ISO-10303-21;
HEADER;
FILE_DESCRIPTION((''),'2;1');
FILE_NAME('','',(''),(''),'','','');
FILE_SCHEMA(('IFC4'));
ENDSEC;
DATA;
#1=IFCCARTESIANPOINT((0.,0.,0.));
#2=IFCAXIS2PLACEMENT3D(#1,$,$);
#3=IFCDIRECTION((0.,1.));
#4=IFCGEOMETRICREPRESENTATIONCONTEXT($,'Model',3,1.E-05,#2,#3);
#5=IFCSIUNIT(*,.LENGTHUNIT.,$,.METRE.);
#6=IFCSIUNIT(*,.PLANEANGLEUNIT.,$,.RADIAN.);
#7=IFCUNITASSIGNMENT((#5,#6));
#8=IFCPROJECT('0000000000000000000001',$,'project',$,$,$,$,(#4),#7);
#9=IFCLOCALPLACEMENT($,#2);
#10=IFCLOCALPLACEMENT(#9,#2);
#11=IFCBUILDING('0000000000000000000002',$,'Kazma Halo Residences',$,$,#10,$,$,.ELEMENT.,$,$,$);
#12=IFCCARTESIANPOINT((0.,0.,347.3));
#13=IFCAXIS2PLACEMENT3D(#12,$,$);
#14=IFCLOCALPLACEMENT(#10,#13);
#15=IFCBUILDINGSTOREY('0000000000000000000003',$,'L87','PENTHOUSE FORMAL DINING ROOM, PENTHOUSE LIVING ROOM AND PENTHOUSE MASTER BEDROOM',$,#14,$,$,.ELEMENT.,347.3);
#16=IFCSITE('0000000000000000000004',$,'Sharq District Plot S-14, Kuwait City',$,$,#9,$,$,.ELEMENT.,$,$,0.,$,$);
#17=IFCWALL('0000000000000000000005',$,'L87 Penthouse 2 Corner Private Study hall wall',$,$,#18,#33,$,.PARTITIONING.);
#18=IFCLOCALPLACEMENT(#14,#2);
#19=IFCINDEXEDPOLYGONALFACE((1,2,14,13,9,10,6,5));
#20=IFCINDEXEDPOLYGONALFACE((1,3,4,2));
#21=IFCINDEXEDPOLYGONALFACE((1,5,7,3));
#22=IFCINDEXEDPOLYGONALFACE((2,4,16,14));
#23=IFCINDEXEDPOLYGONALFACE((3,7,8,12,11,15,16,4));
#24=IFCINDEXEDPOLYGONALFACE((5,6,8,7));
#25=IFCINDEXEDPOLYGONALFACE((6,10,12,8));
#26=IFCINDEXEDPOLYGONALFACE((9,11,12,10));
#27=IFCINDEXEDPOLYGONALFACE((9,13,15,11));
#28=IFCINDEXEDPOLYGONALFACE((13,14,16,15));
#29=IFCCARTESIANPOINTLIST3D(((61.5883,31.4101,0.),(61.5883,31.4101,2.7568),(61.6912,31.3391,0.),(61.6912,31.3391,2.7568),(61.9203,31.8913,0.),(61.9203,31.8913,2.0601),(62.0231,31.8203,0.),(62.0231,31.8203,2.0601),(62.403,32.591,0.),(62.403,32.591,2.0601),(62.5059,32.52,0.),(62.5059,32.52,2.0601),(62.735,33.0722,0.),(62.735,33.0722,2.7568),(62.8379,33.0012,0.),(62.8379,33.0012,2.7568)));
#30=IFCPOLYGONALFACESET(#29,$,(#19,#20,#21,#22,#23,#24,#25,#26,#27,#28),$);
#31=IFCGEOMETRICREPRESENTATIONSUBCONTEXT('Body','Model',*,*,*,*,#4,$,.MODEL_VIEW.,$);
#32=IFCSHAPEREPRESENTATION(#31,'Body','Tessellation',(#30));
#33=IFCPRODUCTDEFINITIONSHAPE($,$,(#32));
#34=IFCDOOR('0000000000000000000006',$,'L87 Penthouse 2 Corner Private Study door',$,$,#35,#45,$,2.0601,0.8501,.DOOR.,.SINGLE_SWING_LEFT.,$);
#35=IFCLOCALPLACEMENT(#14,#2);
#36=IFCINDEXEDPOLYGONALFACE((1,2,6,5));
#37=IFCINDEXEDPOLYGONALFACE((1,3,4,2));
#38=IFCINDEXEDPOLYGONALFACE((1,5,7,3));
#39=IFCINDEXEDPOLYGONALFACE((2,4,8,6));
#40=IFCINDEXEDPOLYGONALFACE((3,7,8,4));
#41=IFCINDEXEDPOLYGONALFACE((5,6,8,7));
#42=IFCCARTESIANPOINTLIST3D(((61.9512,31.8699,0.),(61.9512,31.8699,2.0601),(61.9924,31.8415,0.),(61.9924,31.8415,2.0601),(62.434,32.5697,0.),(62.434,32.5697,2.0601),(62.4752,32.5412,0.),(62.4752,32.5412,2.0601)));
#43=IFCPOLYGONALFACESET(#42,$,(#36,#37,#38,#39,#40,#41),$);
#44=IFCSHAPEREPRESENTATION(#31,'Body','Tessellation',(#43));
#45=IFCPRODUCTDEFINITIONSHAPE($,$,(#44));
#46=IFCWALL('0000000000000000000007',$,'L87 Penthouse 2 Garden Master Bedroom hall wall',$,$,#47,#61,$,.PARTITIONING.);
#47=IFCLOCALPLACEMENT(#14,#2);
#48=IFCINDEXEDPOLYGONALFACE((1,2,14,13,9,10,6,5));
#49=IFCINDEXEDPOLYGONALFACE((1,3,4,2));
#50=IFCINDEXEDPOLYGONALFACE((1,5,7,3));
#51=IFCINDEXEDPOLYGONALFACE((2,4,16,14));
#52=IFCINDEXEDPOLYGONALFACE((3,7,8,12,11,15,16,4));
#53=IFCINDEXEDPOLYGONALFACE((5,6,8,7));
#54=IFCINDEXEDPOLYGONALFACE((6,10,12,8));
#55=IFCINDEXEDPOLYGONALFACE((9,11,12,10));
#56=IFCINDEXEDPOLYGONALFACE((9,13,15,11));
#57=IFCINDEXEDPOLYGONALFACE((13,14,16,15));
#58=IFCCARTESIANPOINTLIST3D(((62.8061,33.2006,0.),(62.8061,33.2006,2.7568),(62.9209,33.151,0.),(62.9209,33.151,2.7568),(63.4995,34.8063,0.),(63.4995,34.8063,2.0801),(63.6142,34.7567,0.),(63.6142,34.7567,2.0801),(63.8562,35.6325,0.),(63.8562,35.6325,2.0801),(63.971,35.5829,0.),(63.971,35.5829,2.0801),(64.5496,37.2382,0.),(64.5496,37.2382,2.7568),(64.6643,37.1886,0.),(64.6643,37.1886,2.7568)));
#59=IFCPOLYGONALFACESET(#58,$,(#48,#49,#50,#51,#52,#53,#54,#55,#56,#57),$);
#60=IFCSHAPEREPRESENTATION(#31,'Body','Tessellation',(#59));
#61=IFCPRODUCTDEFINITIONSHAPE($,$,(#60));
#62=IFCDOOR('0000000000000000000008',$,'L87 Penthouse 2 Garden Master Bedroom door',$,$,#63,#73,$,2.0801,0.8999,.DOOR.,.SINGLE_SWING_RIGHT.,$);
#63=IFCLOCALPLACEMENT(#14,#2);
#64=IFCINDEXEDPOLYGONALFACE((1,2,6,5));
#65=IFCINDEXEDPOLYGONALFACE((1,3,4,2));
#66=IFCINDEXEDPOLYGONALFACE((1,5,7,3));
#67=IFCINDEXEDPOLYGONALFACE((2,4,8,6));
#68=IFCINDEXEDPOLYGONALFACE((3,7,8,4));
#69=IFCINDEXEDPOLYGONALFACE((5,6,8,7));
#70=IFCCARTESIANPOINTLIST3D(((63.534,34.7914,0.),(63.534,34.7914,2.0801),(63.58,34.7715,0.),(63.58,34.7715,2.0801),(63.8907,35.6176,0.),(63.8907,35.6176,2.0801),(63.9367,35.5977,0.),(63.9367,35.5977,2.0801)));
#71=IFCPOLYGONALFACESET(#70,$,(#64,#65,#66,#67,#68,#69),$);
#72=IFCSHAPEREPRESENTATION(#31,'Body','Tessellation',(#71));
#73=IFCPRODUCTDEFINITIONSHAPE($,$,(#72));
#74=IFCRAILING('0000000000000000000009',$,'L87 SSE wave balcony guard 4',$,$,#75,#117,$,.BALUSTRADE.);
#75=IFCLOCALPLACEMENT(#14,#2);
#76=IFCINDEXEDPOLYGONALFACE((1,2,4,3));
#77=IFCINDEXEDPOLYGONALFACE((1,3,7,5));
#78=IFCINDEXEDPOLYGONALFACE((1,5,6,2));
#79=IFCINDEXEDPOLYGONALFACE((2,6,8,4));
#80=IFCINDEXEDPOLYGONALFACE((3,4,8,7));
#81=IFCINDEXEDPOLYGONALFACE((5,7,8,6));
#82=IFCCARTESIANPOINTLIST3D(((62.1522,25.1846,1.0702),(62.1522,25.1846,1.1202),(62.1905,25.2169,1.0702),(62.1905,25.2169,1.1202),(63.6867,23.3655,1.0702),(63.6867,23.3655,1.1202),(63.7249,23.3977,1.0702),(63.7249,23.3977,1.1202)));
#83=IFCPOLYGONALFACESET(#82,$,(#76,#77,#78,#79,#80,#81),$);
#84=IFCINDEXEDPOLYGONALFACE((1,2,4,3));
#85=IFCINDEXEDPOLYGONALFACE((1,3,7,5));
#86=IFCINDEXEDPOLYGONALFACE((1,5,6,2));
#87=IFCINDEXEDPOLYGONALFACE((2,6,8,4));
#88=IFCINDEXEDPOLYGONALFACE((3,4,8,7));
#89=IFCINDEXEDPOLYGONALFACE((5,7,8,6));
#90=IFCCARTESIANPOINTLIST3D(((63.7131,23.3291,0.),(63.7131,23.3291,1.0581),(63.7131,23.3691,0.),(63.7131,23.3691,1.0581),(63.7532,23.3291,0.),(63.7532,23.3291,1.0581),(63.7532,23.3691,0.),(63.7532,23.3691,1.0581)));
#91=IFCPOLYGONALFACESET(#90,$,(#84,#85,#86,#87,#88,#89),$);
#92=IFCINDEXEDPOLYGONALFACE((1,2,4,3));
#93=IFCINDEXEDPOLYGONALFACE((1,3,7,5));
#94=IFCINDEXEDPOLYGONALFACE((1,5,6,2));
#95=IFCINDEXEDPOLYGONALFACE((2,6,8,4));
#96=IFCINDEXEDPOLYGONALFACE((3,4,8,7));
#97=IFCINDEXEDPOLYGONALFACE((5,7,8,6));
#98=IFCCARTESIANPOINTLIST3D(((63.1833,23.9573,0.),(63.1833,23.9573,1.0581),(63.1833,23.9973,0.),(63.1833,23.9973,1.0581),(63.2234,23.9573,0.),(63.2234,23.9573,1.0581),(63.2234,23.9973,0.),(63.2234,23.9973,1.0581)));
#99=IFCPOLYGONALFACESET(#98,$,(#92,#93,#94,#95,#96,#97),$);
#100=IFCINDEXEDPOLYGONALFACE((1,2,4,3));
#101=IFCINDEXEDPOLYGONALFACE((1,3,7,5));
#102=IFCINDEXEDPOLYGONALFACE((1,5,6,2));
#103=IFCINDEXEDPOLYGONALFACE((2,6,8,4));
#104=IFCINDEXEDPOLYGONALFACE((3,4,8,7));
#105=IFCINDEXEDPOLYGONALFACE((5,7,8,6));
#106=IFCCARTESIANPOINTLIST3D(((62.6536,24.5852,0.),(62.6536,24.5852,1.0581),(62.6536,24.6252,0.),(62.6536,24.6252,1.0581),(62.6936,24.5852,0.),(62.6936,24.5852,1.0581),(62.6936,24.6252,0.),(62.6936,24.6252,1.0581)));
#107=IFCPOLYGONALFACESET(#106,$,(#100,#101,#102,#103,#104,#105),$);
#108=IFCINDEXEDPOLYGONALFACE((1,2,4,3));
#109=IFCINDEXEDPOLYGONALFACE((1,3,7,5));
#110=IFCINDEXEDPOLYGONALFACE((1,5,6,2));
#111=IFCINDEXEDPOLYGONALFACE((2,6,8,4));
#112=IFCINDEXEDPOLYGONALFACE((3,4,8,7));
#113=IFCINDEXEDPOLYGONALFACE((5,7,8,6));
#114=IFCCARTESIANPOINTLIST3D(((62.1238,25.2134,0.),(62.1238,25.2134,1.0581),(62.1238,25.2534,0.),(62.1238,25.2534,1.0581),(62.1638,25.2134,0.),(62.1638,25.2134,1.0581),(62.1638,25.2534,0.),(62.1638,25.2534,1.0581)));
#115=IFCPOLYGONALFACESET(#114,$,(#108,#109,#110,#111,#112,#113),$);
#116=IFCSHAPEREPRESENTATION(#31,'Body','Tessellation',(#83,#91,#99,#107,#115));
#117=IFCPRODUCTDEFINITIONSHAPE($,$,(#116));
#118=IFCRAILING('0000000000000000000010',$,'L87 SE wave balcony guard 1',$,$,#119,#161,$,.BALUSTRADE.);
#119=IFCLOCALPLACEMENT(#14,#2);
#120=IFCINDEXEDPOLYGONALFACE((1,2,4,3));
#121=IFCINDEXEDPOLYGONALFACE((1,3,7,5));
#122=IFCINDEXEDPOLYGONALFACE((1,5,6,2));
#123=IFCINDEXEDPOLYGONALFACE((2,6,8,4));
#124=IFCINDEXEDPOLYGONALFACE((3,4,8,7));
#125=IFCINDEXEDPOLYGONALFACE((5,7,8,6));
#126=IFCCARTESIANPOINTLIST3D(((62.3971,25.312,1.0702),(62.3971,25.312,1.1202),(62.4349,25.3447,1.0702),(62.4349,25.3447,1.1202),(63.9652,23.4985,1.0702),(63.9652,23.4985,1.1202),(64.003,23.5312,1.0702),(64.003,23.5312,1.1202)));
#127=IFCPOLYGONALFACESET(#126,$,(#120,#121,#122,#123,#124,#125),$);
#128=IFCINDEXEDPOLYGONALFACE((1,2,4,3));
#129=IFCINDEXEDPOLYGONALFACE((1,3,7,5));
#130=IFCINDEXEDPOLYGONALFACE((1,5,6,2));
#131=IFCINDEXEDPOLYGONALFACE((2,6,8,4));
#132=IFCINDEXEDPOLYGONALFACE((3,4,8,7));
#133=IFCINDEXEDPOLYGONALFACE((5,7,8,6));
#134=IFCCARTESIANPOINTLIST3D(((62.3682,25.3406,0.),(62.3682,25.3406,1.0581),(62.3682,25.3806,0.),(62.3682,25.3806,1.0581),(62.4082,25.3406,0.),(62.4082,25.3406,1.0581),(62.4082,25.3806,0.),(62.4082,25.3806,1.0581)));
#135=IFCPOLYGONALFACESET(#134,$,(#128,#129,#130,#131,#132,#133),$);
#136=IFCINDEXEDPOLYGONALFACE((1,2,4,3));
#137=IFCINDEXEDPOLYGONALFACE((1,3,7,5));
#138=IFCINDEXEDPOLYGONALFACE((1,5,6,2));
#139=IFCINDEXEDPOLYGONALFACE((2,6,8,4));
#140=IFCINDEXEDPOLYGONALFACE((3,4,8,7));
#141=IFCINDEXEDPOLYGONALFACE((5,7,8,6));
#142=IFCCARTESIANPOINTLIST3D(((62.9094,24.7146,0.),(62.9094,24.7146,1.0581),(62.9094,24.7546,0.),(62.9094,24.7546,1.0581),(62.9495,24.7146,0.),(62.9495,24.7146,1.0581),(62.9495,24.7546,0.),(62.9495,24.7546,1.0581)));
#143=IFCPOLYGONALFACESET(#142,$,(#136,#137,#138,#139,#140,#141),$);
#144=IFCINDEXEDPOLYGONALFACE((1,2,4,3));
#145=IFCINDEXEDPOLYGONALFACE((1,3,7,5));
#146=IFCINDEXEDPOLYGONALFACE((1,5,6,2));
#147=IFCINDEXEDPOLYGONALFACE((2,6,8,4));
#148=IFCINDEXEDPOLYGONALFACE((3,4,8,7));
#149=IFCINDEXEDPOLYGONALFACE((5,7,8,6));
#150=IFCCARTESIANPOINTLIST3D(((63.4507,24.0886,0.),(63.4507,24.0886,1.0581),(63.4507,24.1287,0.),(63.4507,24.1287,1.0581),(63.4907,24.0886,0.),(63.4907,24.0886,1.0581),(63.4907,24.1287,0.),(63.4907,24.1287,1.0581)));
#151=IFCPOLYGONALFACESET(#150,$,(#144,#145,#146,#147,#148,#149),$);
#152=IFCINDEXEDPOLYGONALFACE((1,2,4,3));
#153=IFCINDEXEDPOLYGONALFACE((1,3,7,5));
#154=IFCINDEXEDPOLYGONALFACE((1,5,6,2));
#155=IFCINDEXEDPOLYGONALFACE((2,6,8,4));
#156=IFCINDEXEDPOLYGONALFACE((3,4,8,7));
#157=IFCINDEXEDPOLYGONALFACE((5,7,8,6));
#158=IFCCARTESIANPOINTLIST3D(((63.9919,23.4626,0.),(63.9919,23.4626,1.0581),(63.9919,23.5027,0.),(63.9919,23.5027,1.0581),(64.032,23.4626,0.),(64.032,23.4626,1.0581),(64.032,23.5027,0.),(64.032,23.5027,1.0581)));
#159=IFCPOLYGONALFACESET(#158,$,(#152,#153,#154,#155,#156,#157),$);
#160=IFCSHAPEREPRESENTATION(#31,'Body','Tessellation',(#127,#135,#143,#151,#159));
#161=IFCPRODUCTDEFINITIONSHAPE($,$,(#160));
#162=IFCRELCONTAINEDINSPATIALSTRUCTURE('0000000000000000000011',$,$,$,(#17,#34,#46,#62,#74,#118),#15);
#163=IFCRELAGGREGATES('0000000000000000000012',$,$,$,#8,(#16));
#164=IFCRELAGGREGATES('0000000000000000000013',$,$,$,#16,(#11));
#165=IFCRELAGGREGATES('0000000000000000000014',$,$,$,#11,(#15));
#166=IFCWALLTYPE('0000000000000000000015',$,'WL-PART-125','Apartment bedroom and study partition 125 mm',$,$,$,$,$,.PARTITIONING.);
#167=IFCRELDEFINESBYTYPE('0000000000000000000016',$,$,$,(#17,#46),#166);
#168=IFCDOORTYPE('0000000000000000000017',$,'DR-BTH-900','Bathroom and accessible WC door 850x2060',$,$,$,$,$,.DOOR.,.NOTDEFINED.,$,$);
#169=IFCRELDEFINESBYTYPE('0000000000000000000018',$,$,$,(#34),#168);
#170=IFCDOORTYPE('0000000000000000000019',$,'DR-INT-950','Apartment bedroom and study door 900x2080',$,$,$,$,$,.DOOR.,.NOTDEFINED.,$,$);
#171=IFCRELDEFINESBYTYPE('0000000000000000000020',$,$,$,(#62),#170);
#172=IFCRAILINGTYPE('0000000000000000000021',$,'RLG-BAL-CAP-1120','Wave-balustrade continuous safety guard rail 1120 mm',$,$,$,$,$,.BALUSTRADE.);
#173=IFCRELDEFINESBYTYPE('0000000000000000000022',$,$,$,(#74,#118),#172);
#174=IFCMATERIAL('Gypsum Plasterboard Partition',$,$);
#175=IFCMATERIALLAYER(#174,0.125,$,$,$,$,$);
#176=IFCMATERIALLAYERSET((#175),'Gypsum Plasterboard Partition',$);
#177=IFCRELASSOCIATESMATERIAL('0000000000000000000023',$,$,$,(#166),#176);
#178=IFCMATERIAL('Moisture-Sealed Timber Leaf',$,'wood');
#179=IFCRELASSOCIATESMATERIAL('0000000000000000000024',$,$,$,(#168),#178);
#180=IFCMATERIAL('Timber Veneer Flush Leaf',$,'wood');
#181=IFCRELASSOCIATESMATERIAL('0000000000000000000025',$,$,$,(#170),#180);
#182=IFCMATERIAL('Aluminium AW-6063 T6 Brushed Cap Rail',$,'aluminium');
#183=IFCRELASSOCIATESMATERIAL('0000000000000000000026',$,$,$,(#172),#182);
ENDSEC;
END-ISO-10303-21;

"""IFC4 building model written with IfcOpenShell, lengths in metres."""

from ifc_helpers import new_model, si_unit, direction, frame, frame_2d, origin, origin_2d, place, context, subcontext, project, spatial, rectangle, extrude, material, layer, layer_set, type_object, element, fill, save


model = new_model("IFC4")

# Units and contexts
model_context = context("Model", 3, precision=1e-05, world=origin(), true_north=direction((0.0, 1.0)))
body_context = subcontext(model_context, "Body", "Model", "MODEL_VIEW")
ifc_project = project(units=[si_unit("LENGTHUNIT", "METRE"), si_unit("PLANEANGLEUNIT", "RADIAN")], contexts=[model_context])

# Site, building, storey
site_placement = place(None, origin())
site = spatial("IfcSite", under=ifc_project, at=site_placement, Name="Sharq District Plot S-14, Kuwait City", CompositionType="ELEMENT", RefElevation=0.0)
building_placement = place(site_placement, origin())
building = spatial("IfcBuilding", under=site, at=building_placement, Name="Kazma Halo Residences", CompositionType="ELEMENT")
storey_placement = place(building_placement, frame((0.0, 0.0, 347.3)))
storey = spatial("IfcBuildingStorey", under=building, at=storey_placement, Name="L87", Description="PENTHOUSE FORMAL DINING ROOM, PENTHOUSE LIVING ROOM AND PENTHOUSE MASTER BEDROOM", CompositionType="ELEMENT", Elevation=347.3)

# Shared definitions
ifc_material_1 = material(Name="Gypsum Plasterboard Partition")
ifc_layer_1 = layer(ifc_material_1, 0.125)
ifc_layer_set_1 = layer_set([ifc_layer_1], Name="Gypsum Plasterboard Partition")
wall_type_1 = type_object("IfcWallType", Name="WL-PART-125", Description="Apartment bedroom and study partition 125 mm", PredefinedType="PARTITIONING", material=ifc_layer_set_1)

# Walls, openings, doors
wall_1_placement = place(storey_placement, frame((61.6396, 31.3745, 0.0), z_axis=(0.0, 0.0, 1.0), x_axis=(0.567883, 0.82311, 0.0)))
wall_1 = element("IfcWall", 1, at=wall_1_placement, inside=storey, type_object=wall_type_1, Name="L87 Penthouse 2 Corner Private Study hall wall", PredefinedType="PARTITIONING", context=body_context, shape_type="SweptSolid", body=[
    extrude(rectangle(XDim=2.0193, YDim=0.125, at=frame_2d((1.0098, 0.0))), origin(), (0.0, 0.0, 1.0), 2.7568),
])
opening_1_placement = place(wall_1_placement, frame((0.5847, 0.0, 0.0)))
opening_1 = element("IfcOpeningElement", 2, at=opening_1_placement, cuts=wall_1, PredefinedType="OPENING", context=body_context, shape_type="SweptSolid", body=[
    extrude(rectangle(XDim=0.8501, YDim=2.0601, at=frame_2d((0.425, 1.03))), frame((0.0, 0.0725, 0.0), z_axis=(0.0, -1.0, 0.0), x_axis=(1.0, 0.0, 0.0)), (0.0, 0.0, 1.0), 0.145),
])
ifc_material_2 = material(Name="Moisture-Sealed Timber Leaf", Category="wood")
door_type_1 = type_object("IfcDoorType", Name="DR-BTH-900", Description="Bathroom and accessible WC door 850x2060", OperationType="NOTDEFINED", PredefinedType="DOOR", material=ifc_material_2)
door_1_placement = place(opening_1_placement, origin())
door_1 = element("IfcDoor", 3, at=door_1_placement, inside=storey, type_object=door_type_1, Name="L87 Penthouse 2 Corner Private Study door", OperationType="SINGLE_SWING_LEFT", OverallHeight=2.0601, OverallWidth=0.8501, PredefinedType="DOOR", context=body_context, shape_type="SweptSolid", body=[
    extrude(rectangle(XDim=0.8501, YDim=2.0601, at=frame_2d((0.425, 1.03))), frame((0.0, 0.0249, 0.0), z_axis=(0.0, -1.0, 0.0), x_axis=(1.0, 0.0, 0.0)), (0.0, 0.0, 1.0), 0.05),
])
fill(opening_1, door_1)
wall_2_placement = place(storey_placement, frame((62.8635, 33.1758, 0.0), z_axis=(0.0, 0.0, 1.0), x_axis=(0.396417, 0.918071, 0.0)))
wall_2 = element("IfcWall", 4, at=wall_2_placement, inside=storey, type_object=wall_type_1, Name="L87 Penthouse 2 Garden Master Bedroom hall wall", PredefinedType="PARTITIONING", context=body_context, shape_type="SweptSolid", body=[
    extrude(rectangle(XDim=4.3979, YDim=0.125, at=frame_2d((2.199, 0.0))), origin(), (0.0, 0.0, 1.0), 2.7568),
])
opening_2_placement = place(wall_2_placement, frame((1.749, 0.0, 0.0)))
opening_2 = element("IfcOpeningElement", 5, at=opening_2_placement, cuts=wall_2, PredefinedType="OPENING", context=body_context, shape_type="SweptSolid", body=[
    extrude(rectangle(XDim=0.8999, YDim=2.0801, at=frame_2d((0.45, 1.04))), frame((0.0, 0.0725, 0.0), z_axis=(0.0, -1.0, 0.0), x_axis=(1.0, 0.0, 0.0)), (0.0, 0.0, 1.0), 0.145),
])
ifc_material_3 = material(Name="Timber Veneer Flush Leaf", Category="wood")
door_type_2 = type_object("IfcDoorType", Name="DR-INT-950", Description="Apartment bedroom and study door 900x2080", OperationType="NOTDEFINED", PredefinedType="DOOR", material=ifc_material_3)
door_2_placement = place(opening_2_placement, origin())
door_2 = element("IfcDoor", 6, at=door_2_placement, inside=storey, type_object=door_type_2, Name="L87 Penthouse 2 Garden Master Bedroom door", OperationType="SINGLE_SWING_RIGHT", OverallHeight=2.0801, OverallWidth=0.8999, PredefinedType="DOOR", context=body_context, shape_type="SweptSolid", body=[
    extrude(rectangle(XDim=0.8999, YDim=2.0801, at=frame_2d((0.45, 1.04))), frame((0.0, 0.0249, 0.0), z_axis=(0.0, -1.0, 0.0), x_axis=(1.0, 0.0, 0.0)), (0.0, 0.0, 1.0), 0.05),
])
fill(opening_2, door_2)

# Railings
ifc_material_4 = material(Name="Aluminium AW-6063 T6 Brushed Cap Rail", Category="aluminium")
railing_type = type_object("IfcRailingType", Name="RLG-BAL-CAP-1120", Description="Wave-balustrade continuous safety guard rail 1120 mm", PredefinedType="BALUSTRADE", material=ifc_material_4)
railing_1_placement = place(storey_placement, frame((63.7332, 23.3491, 0.0)))
element("IfcRailing", 7, at=railing_1_placement, inside=storey, type_object=railing_type, Name="L87 SSE wave balcony guard 4", PredefinedType="BALUSTRADE", context=body_context, shape_type="SweptSolid", body=[
    extrude(rectangle(XDim=0.05, YDim=0.05, at=origin_2d()), frame((-0.0273, 0.0325, 1.0952), z_axis=(-0.644752, 0.764392, 0.0), x_axis=(-0.764392, -0.644752, 0.0)), (0.0, 0.0, 1.0), 2.3799),
    extrude(rectangle(XDim=0.04, YDim=0.04, at=origin_2d()), origin(), (0.0, 0.0, 1.0), 1.0581),
    extrude(rectangle(XDim=0.04, YDim=0.04, at=origin_2d()), frame((-0.5298, 0.6282, 0.0)), (0.0, 0.0, 1.0), 1.0581),
    extrude(rectangle(XDim=0.04, YDim=0.04, at=origin_2d()), frame((-1.0596, 1.2561, 0.0)), (0.0, 0.0, 1.0), 1.0581),
    extrude(rectangle(XDim=0.04, YDim=0.04, at=origin_2d()), frame((-1.5894, 1.8843, 0.0)), (0.0, 0.0, 1.0), 1.0581),
])
railing_2_placement = place(storey_placement, frame((62.3882, 25.3606, 0.0)))
element("IfcRailing", 8, at=railing_2_placement, inside=storey, type_object=railing_type, Name="L87 SE wave balcony guard 1", PredefinedType="BALUSTRADE", context=body_context, shape_type="SweptSolid", body=[
    extrude(rectangle(XDim=0.05, YDim=0.05, at=origin_2d()), frame((0.0278, -0.0322, 1.0952), z_axis=(0.654065, -0.756438, 0.0), x_axis=(0.756438, 0.654065, 0.0)), (0.0, 0.0, 1.0), 2.3975),
    extrude(rectangle(XDim=0.04, YDim=0.04, at=origin_2d()), origin(), (0.0, 0.0, 1.0), 1.0581),
    extrude(rectangle(XDim=0.04, YDim=0.04, at=origin_2d()), frame((0.5413, -0.626, 0.0)), (0.0, 0.0, 1.0), 1.0581),
    extrude(rectangle(XDim=0.04, YDim=0.04, at=origin_2d()), frame((1.0825, -1.252, 0.0)), (0.0, 0.0, 1.0), 1.0581),
    extrude(rectangle(XDim=0.04, YDim=0.04, at=origin_2d()), frame((1.6238, -1.8779, 0.0)), (0.0, 0.0, 1.0), 1.0581),
])

save(model, "model.ifc")
